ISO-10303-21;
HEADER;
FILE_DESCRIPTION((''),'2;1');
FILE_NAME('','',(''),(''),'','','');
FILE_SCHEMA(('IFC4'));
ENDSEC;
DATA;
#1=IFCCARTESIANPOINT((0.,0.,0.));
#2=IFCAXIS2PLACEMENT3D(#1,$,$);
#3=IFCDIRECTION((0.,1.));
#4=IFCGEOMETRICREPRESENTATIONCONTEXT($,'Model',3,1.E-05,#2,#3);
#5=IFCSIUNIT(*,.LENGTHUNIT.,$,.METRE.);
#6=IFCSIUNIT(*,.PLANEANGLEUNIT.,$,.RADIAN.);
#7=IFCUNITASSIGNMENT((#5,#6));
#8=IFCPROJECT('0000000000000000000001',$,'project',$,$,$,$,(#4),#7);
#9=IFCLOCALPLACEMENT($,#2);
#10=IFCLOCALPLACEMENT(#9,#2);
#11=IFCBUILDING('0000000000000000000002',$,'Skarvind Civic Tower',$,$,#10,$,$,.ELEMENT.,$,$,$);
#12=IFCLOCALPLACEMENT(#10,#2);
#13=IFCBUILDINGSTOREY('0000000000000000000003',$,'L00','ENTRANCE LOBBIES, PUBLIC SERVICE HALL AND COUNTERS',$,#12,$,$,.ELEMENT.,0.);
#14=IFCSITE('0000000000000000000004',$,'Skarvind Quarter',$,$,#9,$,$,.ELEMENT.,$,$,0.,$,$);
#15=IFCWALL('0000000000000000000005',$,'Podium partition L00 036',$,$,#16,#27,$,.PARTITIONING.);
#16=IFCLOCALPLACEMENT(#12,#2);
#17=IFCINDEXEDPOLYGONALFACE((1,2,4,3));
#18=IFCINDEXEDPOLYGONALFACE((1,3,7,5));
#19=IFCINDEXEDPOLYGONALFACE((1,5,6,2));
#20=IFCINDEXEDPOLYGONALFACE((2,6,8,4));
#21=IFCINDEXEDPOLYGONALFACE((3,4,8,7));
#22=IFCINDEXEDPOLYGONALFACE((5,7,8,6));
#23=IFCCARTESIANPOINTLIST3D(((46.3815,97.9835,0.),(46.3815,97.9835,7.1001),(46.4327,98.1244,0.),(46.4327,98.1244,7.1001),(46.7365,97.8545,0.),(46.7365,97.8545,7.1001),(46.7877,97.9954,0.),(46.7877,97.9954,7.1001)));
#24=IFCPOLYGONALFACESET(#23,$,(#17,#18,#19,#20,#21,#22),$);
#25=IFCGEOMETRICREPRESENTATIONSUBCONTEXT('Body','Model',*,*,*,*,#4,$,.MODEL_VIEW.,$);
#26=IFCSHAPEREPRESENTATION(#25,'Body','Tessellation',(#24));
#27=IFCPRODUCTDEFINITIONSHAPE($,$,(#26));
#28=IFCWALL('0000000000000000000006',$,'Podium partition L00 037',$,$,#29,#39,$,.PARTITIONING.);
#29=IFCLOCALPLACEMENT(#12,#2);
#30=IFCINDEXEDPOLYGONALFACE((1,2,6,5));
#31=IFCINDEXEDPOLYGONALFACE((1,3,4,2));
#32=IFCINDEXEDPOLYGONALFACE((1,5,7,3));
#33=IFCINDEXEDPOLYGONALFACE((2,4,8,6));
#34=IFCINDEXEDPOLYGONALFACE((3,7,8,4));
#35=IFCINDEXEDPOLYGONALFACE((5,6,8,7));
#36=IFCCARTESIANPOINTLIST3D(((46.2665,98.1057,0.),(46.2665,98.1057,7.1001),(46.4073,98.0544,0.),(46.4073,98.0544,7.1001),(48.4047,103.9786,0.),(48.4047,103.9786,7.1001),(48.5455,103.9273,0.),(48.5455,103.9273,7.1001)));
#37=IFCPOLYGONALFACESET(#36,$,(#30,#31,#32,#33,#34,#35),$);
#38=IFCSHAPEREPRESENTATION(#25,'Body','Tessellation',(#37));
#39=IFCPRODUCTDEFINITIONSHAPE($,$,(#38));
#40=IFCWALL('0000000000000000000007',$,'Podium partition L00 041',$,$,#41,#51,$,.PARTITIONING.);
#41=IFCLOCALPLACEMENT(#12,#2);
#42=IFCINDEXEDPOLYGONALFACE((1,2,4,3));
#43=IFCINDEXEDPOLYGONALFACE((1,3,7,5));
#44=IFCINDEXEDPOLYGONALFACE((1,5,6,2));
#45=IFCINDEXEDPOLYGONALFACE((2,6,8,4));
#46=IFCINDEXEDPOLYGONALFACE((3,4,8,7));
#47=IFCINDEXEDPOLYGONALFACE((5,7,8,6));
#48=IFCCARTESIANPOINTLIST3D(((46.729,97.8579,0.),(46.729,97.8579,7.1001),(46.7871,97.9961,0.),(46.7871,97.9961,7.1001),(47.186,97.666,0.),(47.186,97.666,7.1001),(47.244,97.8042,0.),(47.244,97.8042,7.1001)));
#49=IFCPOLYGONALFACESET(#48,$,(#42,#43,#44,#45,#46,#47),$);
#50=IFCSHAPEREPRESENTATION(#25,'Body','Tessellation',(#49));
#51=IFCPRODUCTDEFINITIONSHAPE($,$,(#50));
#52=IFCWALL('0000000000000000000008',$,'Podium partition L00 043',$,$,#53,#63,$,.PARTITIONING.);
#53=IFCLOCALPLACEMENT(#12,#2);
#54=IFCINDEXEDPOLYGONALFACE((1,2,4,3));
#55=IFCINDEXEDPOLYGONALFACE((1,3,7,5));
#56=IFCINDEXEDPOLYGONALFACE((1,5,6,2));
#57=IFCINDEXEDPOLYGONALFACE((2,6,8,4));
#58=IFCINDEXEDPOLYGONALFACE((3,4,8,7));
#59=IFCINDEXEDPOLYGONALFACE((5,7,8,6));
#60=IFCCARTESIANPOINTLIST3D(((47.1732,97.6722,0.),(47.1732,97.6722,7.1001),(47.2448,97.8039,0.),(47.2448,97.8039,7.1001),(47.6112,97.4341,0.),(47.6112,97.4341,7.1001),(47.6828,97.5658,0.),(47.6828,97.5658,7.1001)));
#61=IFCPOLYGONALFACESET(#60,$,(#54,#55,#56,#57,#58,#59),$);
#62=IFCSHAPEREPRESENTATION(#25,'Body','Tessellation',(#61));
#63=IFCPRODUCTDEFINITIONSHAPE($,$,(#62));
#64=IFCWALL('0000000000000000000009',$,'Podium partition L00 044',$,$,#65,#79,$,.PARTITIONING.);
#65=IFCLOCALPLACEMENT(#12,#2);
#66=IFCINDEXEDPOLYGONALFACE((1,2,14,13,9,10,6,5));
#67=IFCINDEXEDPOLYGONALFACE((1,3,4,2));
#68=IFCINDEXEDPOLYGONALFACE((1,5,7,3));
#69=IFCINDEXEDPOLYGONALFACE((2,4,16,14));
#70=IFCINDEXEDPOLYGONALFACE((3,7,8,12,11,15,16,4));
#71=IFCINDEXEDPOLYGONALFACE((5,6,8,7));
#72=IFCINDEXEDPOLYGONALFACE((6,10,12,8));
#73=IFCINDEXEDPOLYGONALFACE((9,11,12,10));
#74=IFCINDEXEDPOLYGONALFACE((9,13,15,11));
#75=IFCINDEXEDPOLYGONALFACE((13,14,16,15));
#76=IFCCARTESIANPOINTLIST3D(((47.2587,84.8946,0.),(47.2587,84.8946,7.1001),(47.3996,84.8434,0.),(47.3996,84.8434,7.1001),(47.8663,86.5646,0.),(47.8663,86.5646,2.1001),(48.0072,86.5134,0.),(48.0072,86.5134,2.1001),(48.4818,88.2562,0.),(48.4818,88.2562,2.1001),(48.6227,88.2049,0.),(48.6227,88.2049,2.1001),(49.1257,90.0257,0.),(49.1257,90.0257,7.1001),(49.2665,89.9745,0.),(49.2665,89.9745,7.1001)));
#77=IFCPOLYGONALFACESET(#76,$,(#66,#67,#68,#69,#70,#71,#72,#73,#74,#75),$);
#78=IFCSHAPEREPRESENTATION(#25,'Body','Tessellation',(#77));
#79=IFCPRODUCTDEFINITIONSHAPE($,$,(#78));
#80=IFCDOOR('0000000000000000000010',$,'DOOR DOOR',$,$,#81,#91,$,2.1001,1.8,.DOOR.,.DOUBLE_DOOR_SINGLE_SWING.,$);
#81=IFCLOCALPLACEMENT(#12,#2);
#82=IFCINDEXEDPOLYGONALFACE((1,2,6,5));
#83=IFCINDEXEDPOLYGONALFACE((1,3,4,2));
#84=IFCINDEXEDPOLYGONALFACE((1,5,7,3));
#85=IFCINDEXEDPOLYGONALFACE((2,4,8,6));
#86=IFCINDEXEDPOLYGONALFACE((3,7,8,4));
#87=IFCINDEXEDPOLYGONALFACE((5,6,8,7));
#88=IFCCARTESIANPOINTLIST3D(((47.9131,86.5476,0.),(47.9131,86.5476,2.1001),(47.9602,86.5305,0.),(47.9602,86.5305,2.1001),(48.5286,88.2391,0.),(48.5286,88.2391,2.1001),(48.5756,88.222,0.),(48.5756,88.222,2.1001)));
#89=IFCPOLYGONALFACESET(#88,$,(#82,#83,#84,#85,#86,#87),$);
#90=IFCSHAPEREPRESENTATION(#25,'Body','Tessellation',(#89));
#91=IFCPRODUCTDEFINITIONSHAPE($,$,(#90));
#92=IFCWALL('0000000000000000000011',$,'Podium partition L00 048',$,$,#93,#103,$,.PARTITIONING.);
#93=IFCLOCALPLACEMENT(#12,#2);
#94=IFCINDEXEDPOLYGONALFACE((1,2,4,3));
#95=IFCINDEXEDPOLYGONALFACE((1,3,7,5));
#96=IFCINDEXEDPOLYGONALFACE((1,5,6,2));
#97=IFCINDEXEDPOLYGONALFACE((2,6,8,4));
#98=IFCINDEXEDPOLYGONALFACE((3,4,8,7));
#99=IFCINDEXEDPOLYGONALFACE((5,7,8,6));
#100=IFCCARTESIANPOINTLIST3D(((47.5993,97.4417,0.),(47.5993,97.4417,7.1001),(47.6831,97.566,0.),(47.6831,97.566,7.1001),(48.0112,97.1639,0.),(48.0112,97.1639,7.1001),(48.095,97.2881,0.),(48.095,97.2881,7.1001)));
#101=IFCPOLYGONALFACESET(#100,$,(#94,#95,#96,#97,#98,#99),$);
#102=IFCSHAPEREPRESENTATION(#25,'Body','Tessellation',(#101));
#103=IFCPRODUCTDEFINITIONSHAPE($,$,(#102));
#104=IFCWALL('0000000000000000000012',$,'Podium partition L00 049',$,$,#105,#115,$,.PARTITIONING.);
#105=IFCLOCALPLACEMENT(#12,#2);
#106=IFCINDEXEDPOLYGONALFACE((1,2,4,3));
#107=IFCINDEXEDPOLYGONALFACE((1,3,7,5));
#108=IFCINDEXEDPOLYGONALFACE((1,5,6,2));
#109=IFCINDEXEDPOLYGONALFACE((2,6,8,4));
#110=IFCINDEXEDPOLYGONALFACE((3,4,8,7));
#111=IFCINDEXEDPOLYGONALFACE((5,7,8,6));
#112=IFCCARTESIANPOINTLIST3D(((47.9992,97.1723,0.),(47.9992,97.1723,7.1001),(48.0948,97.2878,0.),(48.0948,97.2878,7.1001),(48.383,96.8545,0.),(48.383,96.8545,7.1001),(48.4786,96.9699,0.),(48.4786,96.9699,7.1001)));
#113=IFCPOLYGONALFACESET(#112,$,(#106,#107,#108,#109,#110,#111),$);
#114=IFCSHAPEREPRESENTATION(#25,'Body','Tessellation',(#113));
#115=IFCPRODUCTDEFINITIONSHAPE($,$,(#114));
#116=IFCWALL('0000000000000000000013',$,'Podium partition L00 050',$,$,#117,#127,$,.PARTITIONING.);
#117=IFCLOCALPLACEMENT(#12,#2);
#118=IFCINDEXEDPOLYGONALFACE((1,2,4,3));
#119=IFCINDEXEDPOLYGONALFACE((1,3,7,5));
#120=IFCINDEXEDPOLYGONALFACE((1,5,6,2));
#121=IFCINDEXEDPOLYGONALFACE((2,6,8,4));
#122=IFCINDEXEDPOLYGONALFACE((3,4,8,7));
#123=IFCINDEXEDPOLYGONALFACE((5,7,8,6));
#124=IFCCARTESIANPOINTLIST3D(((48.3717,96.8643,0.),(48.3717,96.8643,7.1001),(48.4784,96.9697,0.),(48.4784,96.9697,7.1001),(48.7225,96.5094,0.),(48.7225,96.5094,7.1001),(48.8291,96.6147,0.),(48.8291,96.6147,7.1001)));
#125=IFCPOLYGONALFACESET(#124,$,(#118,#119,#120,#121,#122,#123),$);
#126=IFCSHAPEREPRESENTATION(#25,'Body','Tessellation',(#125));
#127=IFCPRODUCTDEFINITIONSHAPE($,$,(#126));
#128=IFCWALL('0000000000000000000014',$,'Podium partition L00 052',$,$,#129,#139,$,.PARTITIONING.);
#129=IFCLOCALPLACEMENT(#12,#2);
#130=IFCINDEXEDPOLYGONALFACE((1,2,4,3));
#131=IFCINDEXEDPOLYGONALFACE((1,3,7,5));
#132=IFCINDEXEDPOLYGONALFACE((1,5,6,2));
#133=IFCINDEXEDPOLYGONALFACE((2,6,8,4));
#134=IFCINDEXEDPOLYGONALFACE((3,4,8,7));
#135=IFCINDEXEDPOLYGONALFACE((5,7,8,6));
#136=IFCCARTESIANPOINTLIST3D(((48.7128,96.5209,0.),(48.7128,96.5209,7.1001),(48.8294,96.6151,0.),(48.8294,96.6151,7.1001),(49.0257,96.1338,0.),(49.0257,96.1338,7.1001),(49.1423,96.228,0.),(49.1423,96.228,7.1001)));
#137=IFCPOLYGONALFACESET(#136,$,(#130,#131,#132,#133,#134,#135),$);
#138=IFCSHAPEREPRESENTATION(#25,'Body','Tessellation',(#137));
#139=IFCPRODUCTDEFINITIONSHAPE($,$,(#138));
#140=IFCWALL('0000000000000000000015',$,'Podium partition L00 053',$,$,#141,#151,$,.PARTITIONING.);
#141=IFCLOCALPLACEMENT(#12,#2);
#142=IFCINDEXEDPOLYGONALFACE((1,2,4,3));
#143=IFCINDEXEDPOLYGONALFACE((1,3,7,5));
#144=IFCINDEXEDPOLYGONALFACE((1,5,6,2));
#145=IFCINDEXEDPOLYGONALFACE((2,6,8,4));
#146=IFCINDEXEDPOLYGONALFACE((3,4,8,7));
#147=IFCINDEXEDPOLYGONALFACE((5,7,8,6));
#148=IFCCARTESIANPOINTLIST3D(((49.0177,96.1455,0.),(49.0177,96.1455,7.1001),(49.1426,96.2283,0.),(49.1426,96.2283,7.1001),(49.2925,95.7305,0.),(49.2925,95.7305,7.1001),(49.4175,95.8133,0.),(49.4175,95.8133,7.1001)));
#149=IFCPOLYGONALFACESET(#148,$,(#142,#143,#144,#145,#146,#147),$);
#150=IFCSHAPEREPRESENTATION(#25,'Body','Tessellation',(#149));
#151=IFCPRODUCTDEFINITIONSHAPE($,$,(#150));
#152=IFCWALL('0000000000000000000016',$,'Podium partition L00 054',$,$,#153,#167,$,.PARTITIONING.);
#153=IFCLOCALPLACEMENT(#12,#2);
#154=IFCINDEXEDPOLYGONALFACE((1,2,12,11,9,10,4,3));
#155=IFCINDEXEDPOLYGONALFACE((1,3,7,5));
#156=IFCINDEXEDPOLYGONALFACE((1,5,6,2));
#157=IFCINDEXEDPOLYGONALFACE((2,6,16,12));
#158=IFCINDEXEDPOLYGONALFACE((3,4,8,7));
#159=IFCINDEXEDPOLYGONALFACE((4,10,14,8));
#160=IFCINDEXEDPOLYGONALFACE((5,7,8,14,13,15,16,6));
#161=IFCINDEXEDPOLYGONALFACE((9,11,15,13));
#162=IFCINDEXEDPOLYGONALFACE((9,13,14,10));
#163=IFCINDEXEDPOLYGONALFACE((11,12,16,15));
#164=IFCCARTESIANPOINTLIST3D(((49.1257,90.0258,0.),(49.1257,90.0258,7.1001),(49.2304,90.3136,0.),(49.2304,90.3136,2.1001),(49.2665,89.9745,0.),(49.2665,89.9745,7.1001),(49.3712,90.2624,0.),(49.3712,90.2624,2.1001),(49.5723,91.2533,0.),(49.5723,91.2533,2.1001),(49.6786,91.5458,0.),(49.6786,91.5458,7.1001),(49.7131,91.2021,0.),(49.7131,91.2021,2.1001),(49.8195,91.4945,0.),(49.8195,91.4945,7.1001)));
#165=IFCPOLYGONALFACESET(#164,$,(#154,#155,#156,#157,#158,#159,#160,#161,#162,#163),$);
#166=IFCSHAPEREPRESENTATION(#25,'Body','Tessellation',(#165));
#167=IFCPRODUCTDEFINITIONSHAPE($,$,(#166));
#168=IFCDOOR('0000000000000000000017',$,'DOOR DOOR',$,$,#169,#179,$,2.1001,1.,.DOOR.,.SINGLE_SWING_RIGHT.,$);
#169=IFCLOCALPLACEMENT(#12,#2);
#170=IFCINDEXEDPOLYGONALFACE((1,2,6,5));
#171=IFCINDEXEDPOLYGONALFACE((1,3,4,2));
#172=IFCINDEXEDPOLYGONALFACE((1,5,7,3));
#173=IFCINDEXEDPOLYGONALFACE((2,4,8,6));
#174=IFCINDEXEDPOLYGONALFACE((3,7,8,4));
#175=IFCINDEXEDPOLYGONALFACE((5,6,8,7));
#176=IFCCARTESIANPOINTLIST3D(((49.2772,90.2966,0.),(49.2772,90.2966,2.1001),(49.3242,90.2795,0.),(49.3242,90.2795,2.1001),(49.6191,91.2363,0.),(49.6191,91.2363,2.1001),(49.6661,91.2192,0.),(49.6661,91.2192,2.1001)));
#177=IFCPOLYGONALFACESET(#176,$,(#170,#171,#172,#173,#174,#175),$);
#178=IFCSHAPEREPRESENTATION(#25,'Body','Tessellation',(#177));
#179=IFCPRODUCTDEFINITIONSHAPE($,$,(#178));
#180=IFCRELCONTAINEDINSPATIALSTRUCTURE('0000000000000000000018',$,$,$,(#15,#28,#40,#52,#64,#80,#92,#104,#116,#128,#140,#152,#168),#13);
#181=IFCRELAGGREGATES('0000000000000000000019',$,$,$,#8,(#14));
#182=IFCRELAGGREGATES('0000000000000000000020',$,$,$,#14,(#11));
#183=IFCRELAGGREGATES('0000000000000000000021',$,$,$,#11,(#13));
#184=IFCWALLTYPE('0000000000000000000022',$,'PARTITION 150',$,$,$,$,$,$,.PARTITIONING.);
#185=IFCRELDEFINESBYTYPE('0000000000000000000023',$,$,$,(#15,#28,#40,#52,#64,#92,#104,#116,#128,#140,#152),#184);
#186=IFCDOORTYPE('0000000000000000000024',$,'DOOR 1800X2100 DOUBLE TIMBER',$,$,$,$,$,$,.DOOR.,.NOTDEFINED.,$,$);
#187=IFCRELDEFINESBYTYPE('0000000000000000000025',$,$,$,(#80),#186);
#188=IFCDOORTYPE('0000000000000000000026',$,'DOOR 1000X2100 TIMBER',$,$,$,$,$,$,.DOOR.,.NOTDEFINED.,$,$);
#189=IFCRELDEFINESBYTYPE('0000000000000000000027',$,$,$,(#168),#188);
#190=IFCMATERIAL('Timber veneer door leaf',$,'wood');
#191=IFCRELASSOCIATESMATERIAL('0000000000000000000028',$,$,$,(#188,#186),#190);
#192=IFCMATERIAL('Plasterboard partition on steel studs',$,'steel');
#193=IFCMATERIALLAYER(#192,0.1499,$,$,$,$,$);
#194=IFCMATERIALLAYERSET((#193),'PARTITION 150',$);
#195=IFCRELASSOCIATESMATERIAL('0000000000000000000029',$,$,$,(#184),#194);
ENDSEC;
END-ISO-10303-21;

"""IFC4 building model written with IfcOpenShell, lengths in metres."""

from ifc_helpers import new_model, si_unit, direction, frame, frame_2d, origin, place, context, subcontext, project, spatial, rectangle, extrude, material, layer, layer_set, type_object, element, fill, save


model = new_model("IFC4")

# Units and contexts
model_context = context("Model", 3, precision=1e-05, world=origin(), true_north=direction((0.0, 1.0)))
body_context = subcontext(model_context, "Body", "Model", "MODEL_VIEW")
ifc_project = project(units=[si_unit("LENGTHUNIT", "METRE"), si_unit("PLANEANGLEUNIT", "RADIAN")], contexts=[model_context])

# Site, building, storey
site_placement = place(None, origin())
site = spatial("IfcSite", under=ifc_project, at=site_placement, Name="Skarvind Quarter", CompositionType="ELEMENT", RefElevation=0.0)
building_placement = place(site_placement, origin())
building = spatial("IfcBuilding", under=site, at=building_placement, Name="Skarvind Civic Tower", CompositionType="ELEMENT")
storey_placement = place(building_placement, origin())
storey = spatial("IfcBuildingStorey", under=building, at=storey_placement, Name="L00", Description="ENTRANCE LOBBIES, PUBLIC SERVICE HALL AND COUNTERS", CompositionType="ELEMENT", Elevation=0.0)

# Shared definitions
ifc_material_1 = material(Name="Timber veneer door leaf", Category="wood")
door_type_1 = type_object("IfcDoorType", Name="DOOR 1000X2100 TIMBER", OperationType="NOTDEFINED", PredefinedType="DOOR", material=ifc_material_1)

# Walls
ifc_material_2 = material(Name="Plasterboard partition on steel studs", Category="steel")
ifc_layer_1 = layer(ifc_material_2, 0.1499)
ifc_layer_set_1 = layer_set([ifc_layer_1], Name="PARTITION 150")
wall_type_1 = type_object("IfcWallType", Name="PARTITION 150", PredefinedType="PARTITIONING", material=ifc_layer_set_1)
wall_1_placement = place(storey_placement, frame((46.407, 98.054, 0.0), z_axis=(0.0, 0.0, 1.0), x_axis=(0.939944, -0.341328, 0.0)))
element("IfcWall", 1, at=wall_1_placement, inside=storey, type_object=wall_type_1, Name="Podium partition L00 036", PredefinedType="PARTITIONING", context=body_context, shape_type="SweptSolid", body=[
    extrude(rectangle(XDim=0.3777, YDim=0.1499, at=frame_2d((0.189, 0.0))), origin(), (0.0, 0.0, 1.0), 7.1001),
])
wall_2_placement = place(storey_placement, frame((46.3369, 98.0801, 0.0), z_axis=(0.0, 0.0, 1.0), x_axis=(0.342113, 0.939659, 0.0)))
element("IfcWall", 2, at=wall_2_placement, inside=storey, type_object=wall_type_1, Name="Podium partition L00 037", PredefinedType="PARTITIONING", context=body_context, shape_type="SweptSolid", body=[
    extrude(rectangle(XDim=6.25, YDim=0.1499, at=frame_2d((3.125, 0.0))), origin(), (0.0, 0.0, 1.0), 7.1001),
])
wall_3_placement = place(storey_placement, frame((46.7581, 97.927, 0.0), z_axis=(0.0, 0.0, 1.0), x_axis=(0.922024, -0.387132, 0.0)))
element("IfcWall", 3, at=wall_3_placement, inside=storey, type_object=wall_type_1, Name="Podium partition L00 041", PredefinedType="PARTITIONING", context=body_context, shape_type="SweptSolid", body=[
    extrude(rectangle(XDim=0.4956, YDim=0.1499, at=frame_2d((0.2478, 0.0))), origin(), (0.0, 0.0, 1.0), 7.1001),
])
wall_4_placement = place(storey_placement, frame((47.209, 97.738, 0.0), z_axis=(0.0, 0.0, 1.0), x_axis=(0.878625, -0.477513, 0.0)))
element("IfcWall", 4, at=wall_4_placement, inside=storey, type_object=wall_type_1, Name="Podium partition L00 043", PredefinedType="PARTITIONING", context=body_context, shape_type="SweptSolid", body=[
    extrude(rectangle(XDim=0.4985, YDim=0.1499, at=frame_2d((0.2493, 0.0))), origin(), (0.0, 0.0, 1.0), 7.1001),
])

# Wall, opening, door
wall_5_placement = place(storey_placement, frame((49.196, 90.0, 0.0), z_axis=(0.0, 0.0, 1.0), x_axis=(-0.341919, -0.939729, 0.0)))
wall_5 = element("IfcWall", 5, at=wall_5_placement, inside=storey, type_object=wall_type_1, Name="Podium partition L00 044", PredefinedType="PARTITIONING", context=body_context, shape_type="SweptSolid", body=[
    extrude(rectangle(XDim=5.4602, YDim=0.1499, at=frame_2d((2.73, 0.0))), origin(), (0.0, 0.0, 1.0), 7.1001),
])
opening_1_placement = place(wall_5_placement, frame((1.8831, 0.0, 0.0)))
opening_1 = element("IfcOpeningElement", 6, at=opening_1_placement, cuts=wall_5, PredefinedType="OPENING", context=body_context, shape_type="SweptSolid", body=[
    extrude(rectangle(XDim=1.8, YDim=2.1001, at=frame_2d((0.8999, 1.05))), frame((0.0, 0.085, 0.0), z_axis=(0.0, -1.0, 0.0), x_axis=(1.0, 0.0, 0.0)), (0.0, 0.0, 1.0), 0.1699),
])
door_type_2 = type_object("IfcDoorType", Name="DOOR 1800X2100 DOUBLE TIMBER", OperationType="NOTDEFINED", PredefinedType="DOOR", material=ifc_material_1)
door_1_placement = place(opening_1_placement, origin())
door_1 = element("IfcDoor", 7, at=door_1_placement, inside=storey, type_object=door_type_2, Name="DOOR DOOR", OperationType="DOUBLE_DOOR_SINGLE_SWING", OverallHeight=2.1001, OverallWidth=1.8, PredefinedType="DOOR", context=body_context, shape_type="SweptSolid", body=[
    extrude(rectangle(XDim=1.8, YDim=2.1001, at=frame_2d((0.8999, 1.05))), frame((0.0, 0.0249, 0.0), z_axis=(0.0, -1.0, 0.0), x_axis=(1.0, 0.0, 0.0)), (0.0, 0.0, 1.0), 0.05),
])
fill(opening_1, door_1)

# Walls
wall_6_placement = place(storey_placement, frame((47.6411, 97.5039, 0.0), z_axis=(0.0, 0.0, 1.0), x_axis=(0.829014, -0.559228, 0.0)))
element("IfcWall", 8, at=wall_6_placement, inside=storey, type_object=wall_type_1, Name="Podium partition L00 048", PredefinedType="PARTITIONING", context=body_context, shape_type="SweptSolid", body=[
    extrude(rectangle(XDim=0.4968, YDim=0.1499, at=frame_2d((0.2485, 0.0))), origin(), (0.0, 0.0, 1.0), 7.1001),
])
wall_7_placement = place(storey_placement, frame((48.0471, 97.23, 0.0), z_axis=(0.0, 0.0, 1.0), x_axis=(0.770145, -0.637868, 0.0)))
element("IfcWall", 9, at=wall_7_placement, inside=storey, type_object=wall_type_1, Name="Podium partition L00 049", PredefinedType="PARTITIONING", context=body_context, shape_type="SweptSolid", body=[
    extrude(rectangle(XDim=0.4983, YDim=0.1499, at=frame_2d((0.249, 0.0))), origin(), (0.0, 0.0, 1.0), 7.1001),
])
wall_8_placement = place(storey_placement, frame((48.425, 96.917, 0.0), z_axis=(0.0, 0.0, 1.0), x_axis=(0.702937, -0.711252, 0.0)))
element("IfcWall", 10, at=wall_8_placement, inside=storey, type_object=wall_type_1, Name="Podium partition L00 050", PredefinedType="PARTITIONING", context=body_context, shape_type="SweptSolid", body=[
    extrude(rectangle(XDim=0.499, YDim=0.1499, at=frame_2d((0.2495, 0.0))), origin(), (0.0, 0.0, 1.0), 7.1001),
])
for number, where, z_axis, x_axis, name in (
    (11, (48.771, 96.5681, 0.0), (0.0, 0.0, 1.0), (0.628634, -0.777701, 0.0), "Podium partition L00 052"),
    (12, (49.0801, 96.187, 0.0), (0.0, 0.0, 1.0), (0.552208, -0.833706, 0.0), "Podium partition L00 053"),
):
    element("IfcWall", number, at=place(storey_placement, frame(where, z_axis=z_axis, x_axis=x_axis)), inside=storey, type_object=wall_type_1, Name=name, PredefinedType="PARTITIONING", context=body_context, shape_type="SweptSolid", body=[
        extrude(rectangle(XDim=0.4978, YDim=0.1499, at=frame_2d((0.249, 0.0))), origin(), (0.0, 0.0, 1.0), 7.1001),
    ])

# Wall, opening, door
wall_9_placement = place(storey_placement, frame((49.749, 91.52, 0.0), z_axis=(0.0, 0.0, 1.0), x_axis=(-0.341876, -0.939745, 0.0)))
wall_9 = element("IfcWall", 13, at=wall_9_placement, inside=storey, type_object=wall_type_1, Name="Podium partition L00 054", PredefinedType="PARTITIONING", context=body_context, shape_type="SweptSolid", body=[
    extrude(rectangle(XDim=1.6174, YDim=0.1499, at=frame_2d((0.8086, 0.0))), origin(), (0.0, 0.0, 1.0), 7.1001),
])
opening_2_placement = place(wall_9_placement, frame((0.311, 0.0, 0.0)))
opening_2 = element("IfcOpeningElement", 14, at=opening_2_placement, cuts=wall_9, PredefinedType="OPENING", context=body_context, shape_type="SweptSolid", body=[
    extrude(rectangle(XDim=1.0, YDim=2.1001, at=frame_2d((0.5, 1.05))), frame((0.0, 0.085, 0.0), z_axis=(0.0, -1.0, 0.0), x_axis=(1.0, 0.0, 0.0)), (0.0, 0.0, 1.0), 0.1699),
])
door_2_placement = place(opening_2_placement, origin())
door_2 = element("IfcDoor", 15, at=door_2_placement, inside=storey, type_object=door_type_1, Name="DOOR DOOR", OperationType="SINGLE_SWING_RIGHT", OverallHeight=2.1001, OverallWidth=1.0, PredefinedType="DOOR", context=body_context, shape_type="SweptSolid", body=[
    extrude(rectangle(XDim=1.0, YDim=2.1001, at=frame_2d((0.5, 1.05))), frame((0.0, 0.0249, 0.0), z_axis=(0.0, -1.0, 0.0), x_axis=(1.0, 0.0, 0.0)), (0.0, 0.0, 1.0), 0.05),
])
fill(opening_2, door_2)

save(model, "model.ifc")
